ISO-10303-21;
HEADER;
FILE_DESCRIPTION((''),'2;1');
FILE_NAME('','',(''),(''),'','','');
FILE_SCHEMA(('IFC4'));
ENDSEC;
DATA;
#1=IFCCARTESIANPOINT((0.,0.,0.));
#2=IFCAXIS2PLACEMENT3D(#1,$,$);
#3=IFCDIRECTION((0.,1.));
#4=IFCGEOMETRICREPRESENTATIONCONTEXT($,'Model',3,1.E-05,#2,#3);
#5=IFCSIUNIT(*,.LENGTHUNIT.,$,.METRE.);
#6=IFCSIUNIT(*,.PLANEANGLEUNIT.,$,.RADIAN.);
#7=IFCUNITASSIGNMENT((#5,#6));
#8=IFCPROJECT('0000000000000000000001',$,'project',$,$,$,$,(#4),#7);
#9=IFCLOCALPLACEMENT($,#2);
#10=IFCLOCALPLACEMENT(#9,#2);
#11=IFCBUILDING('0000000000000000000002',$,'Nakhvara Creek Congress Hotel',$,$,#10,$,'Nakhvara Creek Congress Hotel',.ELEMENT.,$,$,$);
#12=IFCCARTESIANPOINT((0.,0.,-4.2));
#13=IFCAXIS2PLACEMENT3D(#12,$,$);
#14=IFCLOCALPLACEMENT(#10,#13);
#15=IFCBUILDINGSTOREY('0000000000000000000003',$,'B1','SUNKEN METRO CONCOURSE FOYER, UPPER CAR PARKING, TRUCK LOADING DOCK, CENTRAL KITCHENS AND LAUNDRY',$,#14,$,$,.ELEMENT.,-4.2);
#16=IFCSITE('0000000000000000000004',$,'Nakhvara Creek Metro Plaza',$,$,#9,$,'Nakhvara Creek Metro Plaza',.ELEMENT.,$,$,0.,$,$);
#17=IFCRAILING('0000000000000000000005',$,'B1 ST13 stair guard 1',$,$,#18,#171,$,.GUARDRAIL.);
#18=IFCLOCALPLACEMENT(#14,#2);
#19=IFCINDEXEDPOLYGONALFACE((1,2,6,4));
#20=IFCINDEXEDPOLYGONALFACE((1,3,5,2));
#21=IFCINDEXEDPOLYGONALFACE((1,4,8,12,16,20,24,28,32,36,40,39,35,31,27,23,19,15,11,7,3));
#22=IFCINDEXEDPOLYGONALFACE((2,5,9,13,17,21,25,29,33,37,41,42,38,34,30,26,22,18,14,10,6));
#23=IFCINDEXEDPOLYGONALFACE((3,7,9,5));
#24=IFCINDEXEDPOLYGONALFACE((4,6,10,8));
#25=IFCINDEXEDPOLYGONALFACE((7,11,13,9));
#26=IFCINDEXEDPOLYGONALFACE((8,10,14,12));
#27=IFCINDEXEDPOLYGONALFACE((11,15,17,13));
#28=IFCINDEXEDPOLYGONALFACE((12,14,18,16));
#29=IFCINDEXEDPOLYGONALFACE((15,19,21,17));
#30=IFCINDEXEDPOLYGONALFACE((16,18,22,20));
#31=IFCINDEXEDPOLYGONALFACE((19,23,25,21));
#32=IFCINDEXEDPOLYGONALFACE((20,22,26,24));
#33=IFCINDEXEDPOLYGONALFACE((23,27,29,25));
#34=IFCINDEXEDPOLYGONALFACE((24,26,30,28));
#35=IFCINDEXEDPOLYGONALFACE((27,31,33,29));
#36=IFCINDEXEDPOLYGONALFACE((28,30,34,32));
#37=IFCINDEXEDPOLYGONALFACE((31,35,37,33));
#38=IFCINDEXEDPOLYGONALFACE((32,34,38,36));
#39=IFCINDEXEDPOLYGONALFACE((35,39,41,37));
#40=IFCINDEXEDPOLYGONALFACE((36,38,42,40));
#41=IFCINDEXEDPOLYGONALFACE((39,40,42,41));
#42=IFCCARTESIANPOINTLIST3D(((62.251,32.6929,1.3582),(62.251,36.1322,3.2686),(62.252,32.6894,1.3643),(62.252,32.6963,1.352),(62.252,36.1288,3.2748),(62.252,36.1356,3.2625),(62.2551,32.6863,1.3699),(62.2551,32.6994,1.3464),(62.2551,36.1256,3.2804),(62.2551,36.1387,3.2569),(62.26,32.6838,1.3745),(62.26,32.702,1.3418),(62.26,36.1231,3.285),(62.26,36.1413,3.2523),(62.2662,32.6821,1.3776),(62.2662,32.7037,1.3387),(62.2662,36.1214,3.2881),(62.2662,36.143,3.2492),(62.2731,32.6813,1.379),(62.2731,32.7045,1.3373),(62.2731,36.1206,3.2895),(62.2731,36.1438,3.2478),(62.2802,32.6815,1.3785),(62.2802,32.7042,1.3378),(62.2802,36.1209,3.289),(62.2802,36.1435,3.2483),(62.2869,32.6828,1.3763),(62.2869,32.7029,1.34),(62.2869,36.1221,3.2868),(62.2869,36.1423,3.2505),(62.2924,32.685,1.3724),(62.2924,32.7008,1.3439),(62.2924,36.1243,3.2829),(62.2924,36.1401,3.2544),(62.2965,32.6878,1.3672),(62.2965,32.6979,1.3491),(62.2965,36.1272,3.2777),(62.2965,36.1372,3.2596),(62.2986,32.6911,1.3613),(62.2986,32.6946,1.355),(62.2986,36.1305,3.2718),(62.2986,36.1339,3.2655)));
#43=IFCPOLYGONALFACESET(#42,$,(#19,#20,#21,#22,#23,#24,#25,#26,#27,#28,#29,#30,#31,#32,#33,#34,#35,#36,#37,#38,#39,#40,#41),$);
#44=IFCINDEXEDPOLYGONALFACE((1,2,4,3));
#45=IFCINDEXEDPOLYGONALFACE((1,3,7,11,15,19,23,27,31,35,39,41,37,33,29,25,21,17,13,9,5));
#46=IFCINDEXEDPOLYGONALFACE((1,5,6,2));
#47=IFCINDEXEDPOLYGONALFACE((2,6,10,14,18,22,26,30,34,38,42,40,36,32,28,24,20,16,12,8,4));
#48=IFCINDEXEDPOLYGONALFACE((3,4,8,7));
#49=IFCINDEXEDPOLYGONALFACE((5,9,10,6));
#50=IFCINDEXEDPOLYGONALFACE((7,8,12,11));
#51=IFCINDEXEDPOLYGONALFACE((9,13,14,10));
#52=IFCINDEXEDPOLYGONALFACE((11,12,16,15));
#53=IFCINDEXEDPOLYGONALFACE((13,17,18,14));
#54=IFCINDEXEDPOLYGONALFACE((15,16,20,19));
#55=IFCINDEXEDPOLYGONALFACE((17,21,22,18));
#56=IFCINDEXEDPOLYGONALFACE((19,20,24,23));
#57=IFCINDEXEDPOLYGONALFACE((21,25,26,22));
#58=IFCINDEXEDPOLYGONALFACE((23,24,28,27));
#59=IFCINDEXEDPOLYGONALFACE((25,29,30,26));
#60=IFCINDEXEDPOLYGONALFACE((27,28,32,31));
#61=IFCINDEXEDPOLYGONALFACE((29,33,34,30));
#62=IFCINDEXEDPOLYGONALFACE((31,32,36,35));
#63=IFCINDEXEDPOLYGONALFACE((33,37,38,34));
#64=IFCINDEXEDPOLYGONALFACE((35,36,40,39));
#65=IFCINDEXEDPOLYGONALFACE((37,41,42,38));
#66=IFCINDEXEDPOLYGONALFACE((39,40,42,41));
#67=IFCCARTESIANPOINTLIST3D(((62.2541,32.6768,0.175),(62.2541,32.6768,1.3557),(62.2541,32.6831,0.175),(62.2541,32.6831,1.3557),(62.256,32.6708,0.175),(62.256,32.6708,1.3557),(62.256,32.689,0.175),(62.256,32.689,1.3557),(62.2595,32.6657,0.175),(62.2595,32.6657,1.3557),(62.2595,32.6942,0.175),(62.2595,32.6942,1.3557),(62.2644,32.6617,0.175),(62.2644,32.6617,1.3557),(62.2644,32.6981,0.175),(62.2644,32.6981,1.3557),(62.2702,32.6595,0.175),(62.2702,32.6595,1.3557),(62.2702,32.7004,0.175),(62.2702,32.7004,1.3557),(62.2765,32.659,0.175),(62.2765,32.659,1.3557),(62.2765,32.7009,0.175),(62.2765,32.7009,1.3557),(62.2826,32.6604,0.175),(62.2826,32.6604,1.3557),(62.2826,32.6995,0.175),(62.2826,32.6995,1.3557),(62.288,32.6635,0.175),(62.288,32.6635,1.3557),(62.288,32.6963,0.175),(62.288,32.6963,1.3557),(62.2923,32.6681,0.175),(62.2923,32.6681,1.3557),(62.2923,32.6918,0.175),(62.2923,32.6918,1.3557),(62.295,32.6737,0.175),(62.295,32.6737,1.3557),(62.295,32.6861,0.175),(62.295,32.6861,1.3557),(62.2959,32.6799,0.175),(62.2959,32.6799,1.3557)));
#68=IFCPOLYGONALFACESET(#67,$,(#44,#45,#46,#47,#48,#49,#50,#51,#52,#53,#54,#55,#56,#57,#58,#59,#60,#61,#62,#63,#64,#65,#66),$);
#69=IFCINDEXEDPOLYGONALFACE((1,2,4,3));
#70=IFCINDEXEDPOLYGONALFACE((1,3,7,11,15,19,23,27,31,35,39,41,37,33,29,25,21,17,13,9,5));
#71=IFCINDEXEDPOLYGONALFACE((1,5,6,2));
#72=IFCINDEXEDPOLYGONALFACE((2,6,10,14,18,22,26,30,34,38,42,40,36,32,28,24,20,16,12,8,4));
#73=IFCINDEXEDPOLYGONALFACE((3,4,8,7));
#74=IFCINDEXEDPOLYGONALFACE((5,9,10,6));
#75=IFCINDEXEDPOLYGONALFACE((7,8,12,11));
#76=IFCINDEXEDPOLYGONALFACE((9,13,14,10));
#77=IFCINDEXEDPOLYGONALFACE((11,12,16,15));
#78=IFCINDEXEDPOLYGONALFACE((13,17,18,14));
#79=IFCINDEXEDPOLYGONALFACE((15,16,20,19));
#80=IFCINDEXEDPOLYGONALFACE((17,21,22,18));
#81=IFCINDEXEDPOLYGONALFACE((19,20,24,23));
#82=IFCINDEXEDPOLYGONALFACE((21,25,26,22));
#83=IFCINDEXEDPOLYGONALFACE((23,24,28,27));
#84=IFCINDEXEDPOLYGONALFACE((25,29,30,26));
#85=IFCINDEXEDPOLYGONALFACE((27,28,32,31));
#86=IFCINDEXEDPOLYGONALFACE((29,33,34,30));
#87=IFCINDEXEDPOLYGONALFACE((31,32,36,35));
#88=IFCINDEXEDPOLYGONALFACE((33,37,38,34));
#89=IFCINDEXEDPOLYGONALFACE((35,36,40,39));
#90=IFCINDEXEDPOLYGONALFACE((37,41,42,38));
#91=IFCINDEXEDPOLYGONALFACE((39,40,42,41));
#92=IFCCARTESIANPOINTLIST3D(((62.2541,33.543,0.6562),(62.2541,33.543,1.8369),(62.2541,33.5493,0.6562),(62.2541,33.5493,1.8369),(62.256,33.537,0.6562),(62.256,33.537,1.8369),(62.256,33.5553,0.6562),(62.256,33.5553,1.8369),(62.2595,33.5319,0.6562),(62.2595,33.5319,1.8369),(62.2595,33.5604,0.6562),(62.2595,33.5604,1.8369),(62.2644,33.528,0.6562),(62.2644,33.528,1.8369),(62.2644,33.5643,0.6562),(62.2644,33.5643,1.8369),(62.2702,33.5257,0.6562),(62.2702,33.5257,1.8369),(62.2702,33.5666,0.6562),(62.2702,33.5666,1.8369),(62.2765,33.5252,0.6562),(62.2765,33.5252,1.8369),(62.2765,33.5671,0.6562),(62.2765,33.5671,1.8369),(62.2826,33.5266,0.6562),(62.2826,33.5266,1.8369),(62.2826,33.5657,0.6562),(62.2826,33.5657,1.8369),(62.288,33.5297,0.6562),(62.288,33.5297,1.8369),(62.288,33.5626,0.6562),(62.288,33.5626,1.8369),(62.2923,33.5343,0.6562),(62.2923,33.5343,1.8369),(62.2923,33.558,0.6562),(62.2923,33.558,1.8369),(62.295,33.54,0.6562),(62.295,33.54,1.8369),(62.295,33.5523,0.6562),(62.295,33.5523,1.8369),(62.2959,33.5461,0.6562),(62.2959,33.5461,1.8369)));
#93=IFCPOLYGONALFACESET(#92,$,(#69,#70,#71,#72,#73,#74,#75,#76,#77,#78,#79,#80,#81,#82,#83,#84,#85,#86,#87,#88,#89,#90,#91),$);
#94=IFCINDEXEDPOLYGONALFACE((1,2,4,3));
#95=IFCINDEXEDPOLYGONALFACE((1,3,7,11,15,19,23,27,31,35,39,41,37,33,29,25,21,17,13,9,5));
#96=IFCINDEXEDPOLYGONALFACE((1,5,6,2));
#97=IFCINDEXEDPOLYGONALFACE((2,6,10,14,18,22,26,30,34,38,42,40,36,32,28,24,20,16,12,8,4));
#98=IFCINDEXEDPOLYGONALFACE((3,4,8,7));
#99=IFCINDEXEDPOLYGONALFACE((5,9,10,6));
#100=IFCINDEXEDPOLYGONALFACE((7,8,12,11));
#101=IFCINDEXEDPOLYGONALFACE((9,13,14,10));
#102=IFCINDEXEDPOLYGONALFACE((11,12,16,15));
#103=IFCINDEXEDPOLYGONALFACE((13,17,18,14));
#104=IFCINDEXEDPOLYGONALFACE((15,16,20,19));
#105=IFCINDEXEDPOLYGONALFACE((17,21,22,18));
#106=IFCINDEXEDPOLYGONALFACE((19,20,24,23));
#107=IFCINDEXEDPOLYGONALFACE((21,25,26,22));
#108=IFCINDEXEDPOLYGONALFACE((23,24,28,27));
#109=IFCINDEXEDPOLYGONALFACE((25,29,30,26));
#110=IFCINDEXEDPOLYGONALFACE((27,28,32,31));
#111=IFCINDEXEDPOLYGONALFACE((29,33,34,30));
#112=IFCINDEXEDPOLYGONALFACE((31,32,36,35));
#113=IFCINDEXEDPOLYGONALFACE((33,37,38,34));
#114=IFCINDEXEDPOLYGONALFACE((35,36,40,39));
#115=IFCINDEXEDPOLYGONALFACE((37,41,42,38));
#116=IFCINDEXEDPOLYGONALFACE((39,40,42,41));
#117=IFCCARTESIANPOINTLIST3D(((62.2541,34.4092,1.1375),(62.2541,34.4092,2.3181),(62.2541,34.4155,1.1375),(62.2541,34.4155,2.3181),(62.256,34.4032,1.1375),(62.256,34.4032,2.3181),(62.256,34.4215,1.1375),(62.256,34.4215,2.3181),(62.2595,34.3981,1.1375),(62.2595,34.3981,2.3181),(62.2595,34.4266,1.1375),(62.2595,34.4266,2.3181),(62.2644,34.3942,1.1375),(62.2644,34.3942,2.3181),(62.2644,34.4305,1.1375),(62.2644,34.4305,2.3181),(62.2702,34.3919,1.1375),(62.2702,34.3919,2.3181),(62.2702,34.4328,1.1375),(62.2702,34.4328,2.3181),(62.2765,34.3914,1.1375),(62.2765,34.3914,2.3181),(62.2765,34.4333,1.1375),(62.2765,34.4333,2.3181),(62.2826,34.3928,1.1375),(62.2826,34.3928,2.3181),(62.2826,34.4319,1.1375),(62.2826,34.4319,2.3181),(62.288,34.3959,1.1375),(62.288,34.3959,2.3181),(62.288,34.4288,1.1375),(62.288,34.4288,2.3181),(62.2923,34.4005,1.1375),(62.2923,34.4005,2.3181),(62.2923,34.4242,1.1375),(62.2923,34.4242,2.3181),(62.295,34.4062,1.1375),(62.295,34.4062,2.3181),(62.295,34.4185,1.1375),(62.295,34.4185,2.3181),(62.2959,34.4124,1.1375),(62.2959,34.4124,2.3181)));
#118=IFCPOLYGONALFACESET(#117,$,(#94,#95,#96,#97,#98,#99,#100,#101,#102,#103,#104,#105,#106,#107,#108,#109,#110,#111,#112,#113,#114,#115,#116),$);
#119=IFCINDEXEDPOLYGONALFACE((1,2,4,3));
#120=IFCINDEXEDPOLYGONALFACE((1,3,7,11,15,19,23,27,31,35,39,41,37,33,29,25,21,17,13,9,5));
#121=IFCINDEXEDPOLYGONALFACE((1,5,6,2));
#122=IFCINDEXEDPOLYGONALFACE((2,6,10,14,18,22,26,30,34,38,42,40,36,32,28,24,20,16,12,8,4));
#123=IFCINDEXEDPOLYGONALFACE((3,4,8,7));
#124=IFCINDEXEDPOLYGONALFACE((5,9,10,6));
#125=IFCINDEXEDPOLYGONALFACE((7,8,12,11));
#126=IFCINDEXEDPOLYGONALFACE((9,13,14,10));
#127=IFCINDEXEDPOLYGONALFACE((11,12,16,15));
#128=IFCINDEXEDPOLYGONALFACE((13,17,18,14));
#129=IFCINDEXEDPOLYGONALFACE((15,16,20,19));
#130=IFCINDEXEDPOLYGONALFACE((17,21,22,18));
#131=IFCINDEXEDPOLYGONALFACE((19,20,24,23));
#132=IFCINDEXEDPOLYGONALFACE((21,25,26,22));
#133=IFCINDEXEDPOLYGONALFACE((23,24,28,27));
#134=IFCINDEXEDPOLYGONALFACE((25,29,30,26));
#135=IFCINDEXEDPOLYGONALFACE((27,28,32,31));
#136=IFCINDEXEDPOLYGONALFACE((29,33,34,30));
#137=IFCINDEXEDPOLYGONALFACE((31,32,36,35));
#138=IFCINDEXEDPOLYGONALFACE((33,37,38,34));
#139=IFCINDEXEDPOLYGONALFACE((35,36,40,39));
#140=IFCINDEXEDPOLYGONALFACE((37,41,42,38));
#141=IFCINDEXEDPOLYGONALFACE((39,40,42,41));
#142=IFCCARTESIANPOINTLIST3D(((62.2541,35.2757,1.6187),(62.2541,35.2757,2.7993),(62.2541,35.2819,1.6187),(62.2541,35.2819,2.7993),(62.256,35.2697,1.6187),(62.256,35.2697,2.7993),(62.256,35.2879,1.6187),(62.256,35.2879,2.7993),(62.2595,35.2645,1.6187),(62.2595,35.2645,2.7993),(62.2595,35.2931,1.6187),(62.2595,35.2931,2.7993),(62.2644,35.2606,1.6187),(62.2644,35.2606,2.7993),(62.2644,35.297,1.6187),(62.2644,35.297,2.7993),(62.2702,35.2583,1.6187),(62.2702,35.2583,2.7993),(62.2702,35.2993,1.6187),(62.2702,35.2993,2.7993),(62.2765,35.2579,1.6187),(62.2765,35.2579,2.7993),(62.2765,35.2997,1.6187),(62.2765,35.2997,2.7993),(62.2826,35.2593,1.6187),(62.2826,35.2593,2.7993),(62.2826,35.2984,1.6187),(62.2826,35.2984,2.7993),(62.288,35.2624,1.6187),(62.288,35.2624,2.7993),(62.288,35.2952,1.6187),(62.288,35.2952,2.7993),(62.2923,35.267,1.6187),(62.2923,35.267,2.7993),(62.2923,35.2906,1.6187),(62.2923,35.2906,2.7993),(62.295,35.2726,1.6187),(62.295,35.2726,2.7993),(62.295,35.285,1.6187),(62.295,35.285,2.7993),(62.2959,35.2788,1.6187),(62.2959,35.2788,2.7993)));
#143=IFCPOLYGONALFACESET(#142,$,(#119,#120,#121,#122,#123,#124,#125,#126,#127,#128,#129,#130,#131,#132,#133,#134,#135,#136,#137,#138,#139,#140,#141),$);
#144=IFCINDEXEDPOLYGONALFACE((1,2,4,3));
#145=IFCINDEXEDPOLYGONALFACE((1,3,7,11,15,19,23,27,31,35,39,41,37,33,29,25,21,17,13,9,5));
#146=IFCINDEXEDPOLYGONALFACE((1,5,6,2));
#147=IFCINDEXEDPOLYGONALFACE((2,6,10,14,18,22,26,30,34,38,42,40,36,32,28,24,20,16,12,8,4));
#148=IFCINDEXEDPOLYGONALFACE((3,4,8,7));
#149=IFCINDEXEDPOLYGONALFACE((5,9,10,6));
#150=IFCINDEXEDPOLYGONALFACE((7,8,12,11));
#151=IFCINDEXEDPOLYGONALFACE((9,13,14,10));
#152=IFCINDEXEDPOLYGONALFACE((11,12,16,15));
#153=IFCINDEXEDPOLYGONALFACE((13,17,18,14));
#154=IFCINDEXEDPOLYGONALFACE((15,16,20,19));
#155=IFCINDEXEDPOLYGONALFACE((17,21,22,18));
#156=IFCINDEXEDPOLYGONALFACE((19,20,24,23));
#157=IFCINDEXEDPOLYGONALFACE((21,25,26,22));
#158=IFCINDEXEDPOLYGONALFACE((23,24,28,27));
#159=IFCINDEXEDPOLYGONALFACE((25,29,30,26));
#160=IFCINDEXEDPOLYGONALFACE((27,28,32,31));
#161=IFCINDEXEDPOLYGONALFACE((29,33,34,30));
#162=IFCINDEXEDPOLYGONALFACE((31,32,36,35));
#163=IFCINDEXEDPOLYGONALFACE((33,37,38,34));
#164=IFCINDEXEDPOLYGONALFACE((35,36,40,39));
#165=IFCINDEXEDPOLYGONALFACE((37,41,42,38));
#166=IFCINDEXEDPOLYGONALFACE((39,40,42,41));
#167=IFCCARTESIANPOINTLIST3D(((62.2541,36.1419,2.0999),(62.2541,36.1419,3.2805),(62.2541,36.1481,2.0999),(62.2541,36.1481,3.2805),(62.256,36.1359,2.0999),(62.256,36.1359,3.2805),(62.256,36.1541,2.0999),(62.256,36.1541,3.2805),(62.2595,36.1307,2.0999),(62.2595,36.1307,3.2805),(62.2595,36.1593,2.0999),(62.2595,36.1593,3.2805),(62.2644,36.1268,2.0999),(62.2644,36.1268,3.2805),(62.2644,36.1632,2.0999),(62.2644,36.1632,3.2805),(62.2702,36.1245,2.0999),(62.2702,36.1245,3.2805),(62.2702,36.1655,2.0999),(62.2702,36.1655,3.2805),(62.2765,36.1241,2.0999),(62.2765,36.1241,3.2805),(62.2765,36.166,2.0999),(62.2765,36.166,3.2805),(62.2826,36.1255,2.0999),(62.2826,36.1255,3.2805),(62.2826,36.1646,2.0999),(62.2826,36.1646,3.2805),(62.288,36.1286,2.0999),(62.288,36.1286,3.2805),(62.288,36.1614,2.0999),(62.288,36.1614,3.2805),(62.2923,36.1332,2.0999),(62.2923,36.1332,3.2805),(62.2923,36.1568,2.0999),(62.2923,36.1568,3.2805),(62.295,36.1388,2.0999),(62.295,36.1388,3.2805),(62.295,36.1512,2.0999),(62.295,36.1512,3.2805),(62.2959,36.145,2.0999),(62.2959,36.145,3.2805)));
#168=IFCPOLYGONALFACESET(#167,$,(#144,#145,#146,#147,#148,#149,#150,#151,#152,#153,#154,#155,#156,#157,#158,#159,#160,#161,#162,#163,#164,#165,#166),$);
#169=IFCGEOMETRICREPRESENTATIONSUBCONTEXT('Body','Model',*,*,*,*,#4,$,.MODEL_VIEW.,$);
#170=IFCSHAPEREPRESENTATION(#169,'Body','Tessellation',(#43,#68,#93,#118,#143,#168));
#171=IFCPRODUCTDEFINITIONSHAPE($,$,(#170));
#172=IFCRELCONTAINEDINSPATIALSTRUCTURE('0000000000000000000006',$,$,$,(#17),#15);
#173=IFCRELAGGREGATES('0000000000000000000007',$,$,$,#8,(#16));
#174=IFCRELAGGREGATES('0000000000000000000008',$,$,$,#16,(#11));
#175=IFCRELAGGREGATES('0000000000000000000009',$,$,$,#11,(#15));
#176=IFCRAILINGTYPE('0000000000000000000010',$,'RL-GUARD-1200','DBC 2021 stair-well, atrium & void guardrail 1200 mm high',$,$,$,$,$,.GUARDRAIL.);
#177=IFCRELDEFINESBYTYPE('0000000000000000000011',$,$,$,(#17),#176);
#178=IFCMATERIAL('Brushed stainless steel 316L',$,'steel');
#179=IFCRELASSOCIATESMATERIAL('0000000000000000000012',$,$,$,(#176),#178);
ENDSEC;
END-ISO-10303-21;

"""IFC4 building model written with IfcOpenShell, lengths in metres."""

from ifc_helpers import new_model, si_unit, direction, frame, origin, origin_2d, place, context, subcontext, project, spatial, circle, extrude, material, type_object, element, save


model = new_model("IFC4")

# Units and contexts
model_context = context("Model", 3, precision=1e-05, world=origin(), true_north=direction((0.0, 1.0)))
body_context = subcontext(model_context, "Body", "Model", "MODEL_VIEW")
ifc_project = project(units=[si_unit("LENGTHUNIT", "METRE"), si_unit("PLANEANGLEUNIT", "RADIAN")], contexts=[model_context])

# Site, building, storey
site_placement = place(None, origin())
site = spatial("IfcSite", under=ifc_project, at=site_placement, Name="Nakhvara Creek Metro Plaza", LongName="Nakhvara Creek Metro Plaza", CompositionType="ELEMENT", RefElevation=0.0)
building_placement = place(site_placement, origin())
building = spatial("IfcBuilding", under=site, at=building_placement, Name="Nakhvara Creek Congress Hotel", LongName="Nakhvara Creek Congress Hotel", CompositionType="ELEMENT")
storey_placement = place(building_placement, frame((0.0, 0.0, -4.2)))
storey = spatial("IfcBuildingStorey", under=building, at=storey_placement, Name="B1", Description="SUNKEN METRO CONCOURSE FOYER, UPPER CAR PARKING, TRUCK LOADING DOCK, CENTRAL KITCHENS AND LAUNDRY", CompositionType="ELEMENT", Elevation=-4.2)

# Railing
ifc_material_1 = material(Name="Brushed stainless steel 316L", Category="steel")
railing_type_1 = type_object("IfcRailingType", Name="RL-GUARD-1200", Description="DBC 2021 stair-well, atrium & void guardrail 1200 mm high", PredefinedType="GUARDRAIL", material=ifc_material_1)
railing_1_placement = place(storey_placement, frame((62.2749, 32.6799, 0.175)))
element("IfcRailing", 1, at=railing_1_placement, inside=storey, type_object=railing_type_1, Name="B1 ST13 stair guard 1", PredefinedType="GUARDRAIL", context=body_context, shape_type="SweptSolid", body=[
    extrude(circle(Radius=0.0239, at=origin_2d()), frame((0.0, 0.0129, 1.1831), z_axis=(0.0, 0.874183, 0.485596), x_axis=(-1.0, 0.0, 0.0)), (0.0, 0.0, 1.0), 3.9343),
    extrude(circle(Radius=0.021, at=origin_2d()), origin(), (0.0, 0.0, 1.0), 1.1807),
    extrude(circle(Radius=0.021, at=origin_2d()), frame((0.0, 0.8662, 0.4812)), (0.0, 0.0, 1.0), 1.1807),
    extrude(circle(Radius=0.021, at=origin_2d()), frame((0.0, 1.7324, 0.9624)), (0.0, 0.0, 1.0), 1.1807),
    extrude(circle(Radius=0.021, at=origin_2d()), frame((0.0, 2.5989, 1.4436)), (0.0, 0.0, 1.0), 1.1807),
    extrude(circle(Radius=0.021, at=origin_2d()), frame((0.0, 3.4651, 1.9248)), (0.0, 0.0, 1.0), 1.1807),
])

save(model, "model.ifc")
